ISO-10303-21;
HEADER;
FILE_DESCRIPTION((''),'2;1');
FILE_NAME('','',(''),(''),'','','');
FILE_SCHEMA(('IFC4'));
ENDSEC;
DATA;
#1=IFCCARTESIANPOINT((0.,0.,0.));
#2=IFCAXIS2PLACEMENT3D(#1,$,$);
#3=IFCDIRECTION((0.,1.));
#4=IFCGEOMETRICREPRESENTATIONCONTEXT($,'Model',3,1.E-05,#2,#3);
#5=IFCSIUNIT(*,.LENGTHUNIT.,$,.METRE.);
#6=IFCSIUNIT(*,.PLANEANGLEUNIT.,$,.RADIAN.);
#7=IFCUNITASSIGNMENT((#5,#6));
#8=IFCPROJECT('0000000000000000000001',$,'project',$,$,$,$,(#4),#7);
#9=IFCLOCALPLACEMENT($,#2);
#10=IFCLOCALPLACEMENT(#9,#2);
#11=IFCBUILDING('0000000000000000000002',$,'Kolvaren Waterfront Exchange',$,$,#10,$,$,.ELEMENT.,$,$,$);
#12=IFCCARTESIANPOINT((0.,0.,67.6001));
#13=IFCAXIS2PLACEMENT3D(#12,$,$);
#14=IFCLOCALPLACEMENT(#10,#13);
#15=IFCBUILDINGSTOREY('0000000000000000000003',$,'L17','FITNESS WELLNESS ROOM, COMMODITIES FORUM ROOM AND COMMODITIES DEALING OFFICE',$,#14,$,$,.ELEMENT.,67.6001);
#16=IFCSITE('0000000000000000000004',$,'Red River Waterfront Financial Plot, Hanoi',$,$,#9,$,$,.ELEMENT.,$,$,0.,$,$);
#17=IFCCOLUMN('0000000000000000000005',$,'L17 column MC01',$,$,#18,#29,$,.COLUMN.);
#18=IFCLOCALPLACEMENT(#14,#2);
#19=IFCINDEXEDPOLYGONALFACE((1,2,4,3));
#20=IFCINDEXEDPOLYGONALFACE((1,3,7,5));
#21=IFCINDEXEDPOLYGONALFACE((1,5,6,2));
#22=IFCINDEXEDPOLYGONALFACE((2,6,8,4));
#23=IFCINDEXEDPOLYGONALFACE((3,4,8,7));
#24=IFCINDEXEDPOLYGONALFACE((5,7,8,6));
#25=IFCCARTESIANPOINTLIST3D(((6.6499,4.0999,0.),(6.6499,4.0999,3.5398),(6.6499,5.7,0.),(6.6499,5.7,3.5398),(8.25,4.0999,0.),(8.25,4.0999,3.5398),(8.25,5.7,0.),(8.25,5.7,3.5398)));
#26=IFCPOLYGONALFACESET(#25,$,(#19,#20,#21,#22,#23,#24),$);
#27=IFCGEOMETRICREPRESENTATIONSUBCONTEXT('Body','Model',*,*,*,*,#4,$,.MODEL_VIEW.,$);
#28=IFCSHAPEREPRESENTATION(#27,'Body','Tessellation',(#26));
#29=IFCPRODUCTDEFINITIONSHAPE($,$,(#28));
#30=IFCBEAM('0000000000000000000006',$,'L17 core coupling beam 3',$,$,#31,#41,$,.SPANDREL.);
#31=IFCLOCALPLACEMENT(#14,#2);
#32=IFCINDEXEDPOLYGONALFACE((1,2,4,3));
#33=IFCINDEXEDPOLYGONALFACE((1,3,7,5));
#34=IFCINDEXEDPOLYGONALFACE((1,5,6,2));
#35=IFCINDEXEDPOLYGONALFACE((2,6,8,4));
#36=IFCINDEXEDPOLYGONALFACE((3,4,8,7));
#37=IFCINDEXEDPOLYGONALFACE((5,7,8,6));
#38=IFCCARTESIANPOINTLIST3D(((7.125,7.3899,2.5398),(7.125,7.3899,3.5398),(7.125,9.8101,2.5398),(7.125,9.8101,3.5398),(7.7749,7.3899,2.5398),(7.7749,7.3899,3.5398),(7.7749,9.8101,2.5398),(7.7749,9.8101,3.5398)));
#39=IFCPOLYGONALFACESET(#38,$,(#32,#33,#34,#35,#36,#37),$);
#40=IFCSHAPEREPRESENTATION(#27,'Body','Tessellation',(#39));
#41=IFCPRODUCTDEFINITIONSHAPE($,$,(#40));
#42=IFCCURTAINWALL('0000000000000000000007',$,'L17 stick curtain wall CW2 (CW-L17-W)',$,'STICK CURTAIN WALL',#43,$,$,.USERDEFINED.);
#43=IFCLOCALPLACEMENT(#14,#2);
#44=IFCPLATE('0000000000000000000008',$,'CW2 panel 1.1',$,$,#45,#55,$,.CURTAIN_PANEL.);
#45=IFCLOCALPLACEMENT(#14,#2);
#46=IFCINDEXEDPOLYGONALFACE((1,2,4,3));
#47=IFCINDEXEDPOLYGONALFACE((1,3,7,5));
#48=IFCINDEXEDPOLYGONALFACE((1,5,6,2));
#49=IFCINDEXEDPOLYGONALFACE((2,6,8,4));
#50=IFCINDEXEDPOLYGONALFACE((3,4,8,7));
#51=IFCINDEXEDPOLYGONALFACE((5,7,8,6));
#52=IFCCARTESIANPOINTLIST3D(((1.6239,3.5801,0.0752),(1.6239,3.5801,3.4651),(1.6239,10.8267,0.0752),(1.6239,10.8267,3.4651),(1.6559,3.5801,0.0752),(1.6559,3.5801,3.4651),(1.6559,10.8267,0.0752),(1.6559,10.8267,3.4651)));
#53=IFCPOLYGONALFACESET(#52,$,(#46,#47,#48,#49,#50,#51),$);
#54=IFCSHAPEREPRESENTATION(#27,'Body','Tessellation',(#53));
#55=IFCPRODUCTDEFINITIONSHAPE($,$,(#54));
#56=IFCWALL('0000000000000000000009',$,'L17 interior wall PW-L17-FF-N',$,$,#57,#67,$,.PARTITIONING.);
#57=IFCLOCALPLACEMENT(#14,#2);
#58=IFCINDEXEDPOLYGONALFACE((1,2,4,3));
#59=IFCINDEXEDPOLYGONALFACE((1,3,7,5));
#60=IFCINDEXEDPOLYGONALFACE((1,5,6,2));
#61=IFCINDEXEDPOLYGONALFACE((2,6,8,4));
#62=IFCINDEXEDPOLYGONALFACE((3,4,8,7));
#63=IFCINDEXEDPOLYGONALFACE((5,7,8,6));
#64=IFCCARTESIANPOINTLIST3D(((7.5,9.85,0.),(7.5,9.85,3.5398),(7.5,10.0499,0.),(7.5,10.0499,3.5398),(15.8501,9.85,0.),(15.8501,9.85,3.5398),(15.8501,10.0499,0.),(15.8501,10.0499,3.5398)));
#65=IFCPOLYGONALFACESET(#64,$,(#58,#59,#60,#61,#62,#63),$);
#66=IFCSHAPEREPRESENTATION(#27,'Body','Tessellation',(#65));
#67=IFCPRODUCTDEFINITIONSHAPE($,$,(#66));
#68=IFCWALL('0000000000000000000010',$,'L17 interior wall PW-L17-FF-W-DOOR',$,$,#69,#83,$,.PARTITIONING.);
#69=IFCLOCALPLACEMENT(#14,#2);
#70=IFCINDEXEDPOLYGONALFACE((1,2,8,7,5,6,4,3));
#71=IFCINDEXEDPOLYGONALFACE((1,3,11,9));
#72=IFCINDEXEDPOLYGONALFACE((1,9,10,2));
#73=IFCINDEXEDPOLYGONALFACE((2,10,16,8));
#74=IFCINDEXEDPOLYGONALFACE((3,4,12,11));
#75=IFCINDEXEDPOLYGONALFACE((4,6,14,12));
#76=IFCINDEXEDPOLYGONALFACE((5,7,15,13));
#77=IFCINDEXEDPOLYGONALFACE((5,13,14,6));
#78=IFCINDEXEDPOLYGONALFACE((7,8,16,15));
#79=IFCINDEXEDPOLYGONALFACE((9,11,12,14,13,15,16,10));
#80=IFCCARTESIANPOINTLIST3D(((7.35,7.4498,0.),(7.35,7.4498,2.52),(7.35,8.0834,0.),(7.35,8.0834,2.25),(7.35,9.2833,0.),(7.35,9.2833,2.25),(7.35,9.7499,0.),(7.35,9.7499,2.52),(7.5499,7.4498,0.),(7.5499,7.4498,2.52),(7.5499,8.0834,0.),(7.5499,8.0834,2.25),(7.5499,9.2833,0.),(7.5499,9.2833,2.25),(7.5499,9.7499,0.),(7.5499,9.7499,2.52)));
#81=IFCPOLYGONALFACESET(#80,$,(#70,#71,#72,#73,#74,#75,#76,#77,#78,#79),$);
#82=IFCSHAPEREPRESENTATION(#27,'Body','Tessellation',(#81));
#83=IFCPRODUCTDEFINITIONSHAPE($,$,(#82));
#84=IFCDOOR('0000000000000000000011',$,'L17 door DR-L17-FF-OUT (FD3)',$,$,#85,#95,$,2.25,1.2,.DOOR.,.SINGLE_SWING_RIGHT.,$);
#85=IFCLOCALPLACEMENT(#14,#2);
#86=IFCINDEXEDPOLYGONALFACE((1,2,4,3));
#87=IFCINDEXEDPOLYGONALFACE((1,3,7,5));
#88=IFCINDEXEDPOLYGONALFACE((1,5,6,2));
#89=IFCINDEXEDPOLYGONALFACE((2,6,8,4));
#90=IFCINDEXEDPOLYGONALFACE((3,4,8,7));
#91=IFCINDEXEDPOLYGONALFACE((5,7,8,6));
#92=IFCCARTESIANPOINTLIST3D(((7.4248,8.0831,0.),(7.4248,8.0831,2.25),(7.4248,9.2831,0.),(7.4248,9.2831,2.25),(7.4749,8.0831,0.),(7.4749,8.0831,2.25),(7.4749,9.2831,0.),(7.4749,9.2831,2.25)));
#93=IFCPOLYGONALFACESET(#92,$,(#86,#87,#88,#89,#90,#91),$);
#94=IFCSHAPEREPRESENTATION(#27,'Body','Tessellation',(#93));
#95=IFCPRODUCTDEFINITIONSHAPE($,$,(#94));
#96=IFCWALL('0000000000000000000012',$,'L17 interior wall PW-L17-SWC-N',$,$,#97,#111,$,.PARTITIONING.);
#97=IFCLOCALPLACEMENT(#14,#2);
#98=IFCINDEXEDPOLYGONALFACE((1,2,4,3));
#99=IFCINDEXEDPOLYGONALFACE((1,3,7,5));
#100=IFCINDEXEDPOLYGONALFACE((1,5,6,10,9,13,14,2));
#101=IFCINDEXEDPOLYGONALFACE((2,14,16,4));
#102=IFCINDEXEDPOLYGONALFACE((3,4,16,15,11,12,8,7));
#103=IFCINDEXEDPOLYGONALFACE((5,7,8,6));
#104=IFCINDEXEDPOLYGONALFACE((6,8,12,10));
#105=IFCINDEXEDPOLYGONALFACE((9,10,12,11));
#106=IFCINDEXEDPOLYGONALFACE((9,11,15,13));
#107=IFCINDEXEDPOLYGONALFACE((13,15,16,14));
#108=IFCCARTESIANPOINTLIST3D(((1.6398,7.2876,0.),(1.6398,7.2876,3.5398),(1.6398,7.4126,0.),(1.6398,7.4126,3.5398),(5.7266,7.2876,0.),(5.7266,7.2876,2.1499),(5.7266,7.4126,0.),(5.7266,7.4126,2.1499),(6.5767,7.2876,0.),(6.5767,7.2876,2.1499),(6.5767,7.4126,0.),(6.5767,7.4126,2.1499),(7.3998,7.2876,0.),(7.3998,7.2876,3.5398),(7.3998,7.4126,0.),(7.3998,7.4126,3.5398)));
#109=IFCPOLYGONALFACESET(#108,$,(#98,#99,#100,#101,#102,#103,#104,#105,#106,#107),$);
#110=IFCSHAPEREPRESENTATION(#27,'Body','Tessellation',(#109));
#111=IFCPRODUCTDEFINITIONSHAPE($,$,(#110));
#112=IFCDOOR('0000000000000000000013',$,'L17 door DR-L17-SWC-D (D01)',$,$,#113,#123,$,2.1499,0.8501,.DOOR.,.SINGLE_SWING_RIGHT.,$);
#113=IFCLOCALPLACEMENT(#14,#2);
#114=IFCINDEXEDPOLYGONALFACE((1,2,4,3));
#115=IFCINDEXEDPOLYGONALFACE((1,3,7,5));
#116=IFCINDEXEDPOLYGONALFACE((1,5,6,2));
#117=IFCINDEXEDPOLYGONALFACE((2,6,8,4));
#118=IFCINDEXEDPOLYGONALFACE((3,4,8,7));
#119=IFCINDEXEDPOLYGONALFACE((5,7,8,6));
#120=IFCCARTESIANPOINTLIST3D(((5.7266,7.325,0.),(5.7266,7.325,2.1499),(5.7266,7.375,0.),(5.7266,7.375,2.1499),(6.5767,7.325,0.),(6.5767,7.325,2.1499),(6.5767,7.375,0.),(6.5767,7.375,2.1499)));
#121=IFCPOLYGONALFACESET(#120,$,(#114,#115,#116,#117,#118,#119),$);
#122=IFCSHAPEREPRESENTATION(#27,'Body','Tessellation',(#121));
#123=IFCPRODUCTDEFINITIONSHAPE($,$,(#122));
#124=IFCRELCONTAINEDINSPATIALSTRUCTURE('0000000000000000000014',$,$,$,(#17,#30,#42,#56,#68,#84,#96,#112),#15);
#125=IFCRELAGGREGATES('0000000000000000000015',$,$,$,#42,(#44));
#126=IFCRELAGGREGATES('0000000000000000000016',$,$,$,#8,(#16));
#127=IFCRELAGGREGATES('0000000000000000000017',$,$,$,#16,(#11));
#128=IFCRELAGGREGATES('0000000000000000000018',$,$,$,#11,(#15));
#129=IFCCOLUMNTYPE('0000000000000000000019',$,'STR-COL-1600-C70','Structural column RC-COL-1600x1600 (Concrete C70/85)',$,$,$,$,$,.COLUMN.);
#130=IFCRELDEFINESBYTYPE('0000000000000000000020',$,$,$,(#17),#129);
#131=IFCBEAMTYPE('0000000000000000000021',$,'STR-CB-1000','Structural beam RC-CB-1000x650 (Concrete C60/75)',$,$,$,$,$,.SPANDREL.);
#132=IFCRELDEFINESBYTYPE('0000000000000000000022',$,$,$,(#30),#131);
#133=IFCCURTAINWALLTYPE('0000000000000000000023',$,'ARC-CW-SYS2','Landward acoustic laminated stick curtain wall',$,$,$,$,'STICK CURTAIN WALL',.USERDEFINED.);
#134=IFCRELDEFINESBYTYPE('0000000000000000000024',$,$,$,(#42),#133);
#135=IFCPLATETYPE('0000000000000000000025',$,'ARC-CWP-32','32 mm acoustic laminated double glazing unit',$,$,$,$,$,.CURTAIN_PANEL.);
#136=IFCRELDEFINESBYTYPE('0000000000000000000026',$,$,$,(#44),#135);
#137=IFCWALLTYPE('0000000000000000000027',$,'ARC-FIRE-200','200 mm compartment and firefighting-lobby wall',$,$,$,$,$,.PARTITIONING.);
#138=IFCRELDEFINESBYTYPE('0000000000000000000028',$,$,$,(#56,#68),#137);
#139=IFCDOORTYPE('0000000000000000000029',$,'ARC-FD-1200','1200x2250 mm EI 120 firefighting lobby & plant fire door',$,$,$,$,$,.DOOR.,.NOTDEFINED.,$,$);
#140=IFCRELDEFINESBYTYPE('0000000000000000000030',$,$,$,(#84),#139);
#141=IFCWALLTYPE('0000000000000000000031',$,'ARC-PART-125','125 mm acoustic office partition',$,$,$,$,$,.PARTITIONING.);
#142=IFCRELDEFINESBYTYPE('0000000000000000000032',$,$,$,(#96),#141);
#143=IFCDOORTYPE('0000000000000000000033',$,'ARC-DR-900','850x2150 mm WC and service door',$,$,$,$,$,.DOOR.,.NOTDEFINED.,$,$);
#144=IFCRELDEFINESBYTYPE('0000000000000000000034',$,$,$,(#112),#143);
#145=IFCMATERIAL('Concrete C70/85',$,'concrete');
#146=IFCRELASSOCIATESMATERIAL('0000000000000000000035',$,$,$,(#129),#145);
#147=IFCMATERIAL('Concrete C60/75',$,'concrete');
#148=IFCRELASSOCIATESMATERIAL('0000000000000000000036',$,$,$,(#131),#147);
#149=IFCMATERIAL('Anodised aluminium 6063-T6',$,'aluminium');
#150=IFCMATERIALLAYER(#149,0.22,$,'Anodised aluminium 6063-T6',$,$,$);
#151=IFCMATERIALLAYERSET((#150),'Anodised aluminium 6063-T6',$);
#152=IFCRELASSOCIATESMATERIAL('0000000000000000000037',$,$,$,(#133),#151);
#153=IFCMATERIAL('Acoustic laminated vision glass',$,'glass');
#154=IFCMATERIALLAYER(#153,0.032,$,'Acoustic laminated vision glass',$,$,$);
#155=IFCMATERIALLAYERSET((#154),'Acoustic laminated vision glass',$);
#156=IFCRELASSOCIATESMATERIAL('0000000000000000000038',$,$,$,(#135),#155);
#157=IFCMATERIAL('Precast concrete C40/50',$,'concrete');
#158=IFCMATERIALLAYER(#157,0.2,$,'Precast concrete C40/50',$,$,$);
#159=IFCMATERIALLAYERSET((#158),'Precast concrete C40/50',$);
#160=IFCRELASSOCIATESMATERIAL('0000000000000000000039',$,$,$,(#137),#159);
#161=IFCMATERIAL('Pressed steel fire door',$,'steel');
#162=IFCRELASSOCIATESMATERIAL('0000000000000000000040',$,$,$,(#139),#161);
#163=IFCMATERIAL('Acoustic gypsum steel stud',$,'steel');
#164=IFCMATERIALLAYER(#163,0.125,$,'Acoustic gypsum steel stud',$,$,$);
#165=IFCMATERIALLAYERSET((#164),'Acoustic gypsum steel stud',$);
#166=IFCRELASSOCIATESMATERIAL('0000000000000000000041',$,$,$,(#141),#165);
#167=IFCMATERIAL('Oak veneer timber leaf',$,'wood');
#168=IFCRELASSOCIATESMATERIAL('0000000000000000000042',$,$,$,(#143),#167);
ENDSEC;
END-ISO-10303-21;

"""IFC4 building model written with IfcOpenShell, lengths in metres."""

from ifc_helpers import new_model, si_unit, direction, frame, frame_2d, origin, origin_with_axes, origin_2d, place, context, subcontext, project, spatial, rectangle, extrude, source, transform, mapped, material, layer, layer_set, material_profile, profile_set, type_object, element, fill, aggregate, save


model = new_model("IFC4")

# Units and contexts
model_context = context("Model", 3, precision=1e-05, world=origin(), true_north=direction((0.0, 1.0)))
body_context = subcontext(model_context, "Body", "Model", "MODEL_VIEW")
ifc_project = project(units=[si_unit("LENGTHUNIT", "METRE"), si_unit("PLANEANGLEUNIT", "RADIAN")], contexts=[model_context])

# Site, building, storey
site_placement = place(None, origin())
site = spatial("IfcSite", under=ifc_project, at=site_placement, Name="Red River Waterfront Financial Plot, Hanoi", CompositionType="ELEMENT", RefElevation=0.0)
building_placement = place(site_placement, origin())
building = spatial("IfcBuilding", under=site, at=building_placement, Name="Kolvaren Waterfront Exchange", CompositionType="ELEMENT")
storey_placement = place(building_placement, frame((0.0, 0.0, 67.6001)))
storey = spatial("IfcBuildingStorey", under=building, at=storey_placement, Name="L17", Description="FITNESS WELLNESS ROOM, COMMODITIES FORUM ROOM AND COMMODITIES DEALING OFFICE", CompositionType="ELEMENT", Elevation=67.6001)

# Column
ifc_material_1 = material(Name="Concrete C70/85", Category="concrete")
ifc_material_profile_1 = material_profile(ifc_material_1, rectangle(XDim=1.6001, YDim=1.6001, at=origin_2d()), Name="RC-COL-1600x1600")
ifc_profile_set_1 = profile_set([ifc_material_profile_1], Name="Concrete C70/85")
column_type = type_object("IfcColumnType", Name="STR-COL-1600-C70", Description="Structural column RC-COL-1600x1600 (Concrete C70/85)", PredefinedType="COLUMN", material=ifc_profile_set_1)
column_placement = place(storey_placement, frame((7.45, 4.8999, 0.0), z_axis=(0.0, 0.0, 1.0), x_axis=(1.0, 0.0, 0.0)))
element("IfcColumn", 1, at=column_placement, inside=storey, type_object=column_type, Name="L17 column MC01", PredefinedType="COLUMN", context=body_context, shape_type="SweptSolid", body=[
    extrude(rectangle(XDim=1.6001, YDim=1.6001, at=origin_2d()), origin(), (0.0, 0.0, 1.0), 3.5398),
])

# Beam
ifc_material_2 = material(Name="Concrete C60/75", Category="concrete")
ifc_material_profile_2 = material_profile(ifc_material_2, rectangle(XDim=0.6499, YDim=1.0, at=origin_2d()), Name="RC-CB-1000x650")
ifc_profile_set_2 = profile_set([ifc_material_profile_2], Name="Concrete C60/75")
beam_type = type_object("IfcBeamType", Name="STR-CB-1000", Description="Structural beam RC-CB-1000x650 (Concrete C60/75)", PredefinedType="SPANDREL", material=ifc_profile_set_2)
beam_placement = place(storey_placement, frame((7.45, 7.3899, 3.0398), z_axis=(0.0, 1.0, 0.0), x_axis=(-1.0, 0.0, 0.0)))
element("IfcBeam", 2, at=beam_placement, inside=storey, type_object=beam_type, Name="L17 core coupling beam 3", PredefinedType="SPANDREL", context=body_context, shape_type="SweptSolid", body=[
    extrude(rectangle(XDim=0.6499, YDim=1.0, at=origin_2d()), origin(), (0.0, 0.0, 1.0), 2.4202),
])

# Curtain wall, plate
ifc_material_3 = material(Name="Anodised aluminium 6063-T6", Category="aluminium")
ifc_layer_1 = layer(ifc_material_3, 0.22, Name="Anodised aluminium 6063-T6")
ifc_layer_set_1 = layer_set([ifc_layer_1], Name="Anodised aluminium 6063-T6")
curtain_wall_type = type_object("IfcCurtainWallType", Name="ARC-CW-SYS2", Description="Landward acoustic laminated stick curtain wall", ElementType="STICK CURTAIN WALL", PredefinedType="USERDEFINED", material=ifc_layer_set_1)
curtain_wall_placement = place(storey_placement, origin())
curtain_wall = element("IfcCurtainWall", 3, at=curtain_wall_placement, inside=storey, type_object=curtain_wall_type, Name="L17 stick curtain wall CW2 (CW-L17-W)", ObjectType="STICK CURTAIN WALL", PredefinedType="USERDEFINED")
ifc_material_4 = material(Name="Acoustic laminated vision glass", Category="glass")
ifc_layer_2 = layer(ifc_material_4, 0.032, Name="Acoustic laminated vision glass")
ifc_layer_set_2 = layer_set([ifc_layer_2], Name="Acoustic laminated vision glass")
plate_type = type_object("IfcPlateType", Name="ARC-CWP-32", Description="32 mm acoustic laminated double glazing unit", PredefinedType="CURTAIN_PANEL", material=ifc_layer_set_2)
shared_shape = source(origin_with_axes(), body_context, "Body", "SweptSolid", [
    extrude(rectangle(XDim=7.2466, YDim=0.032, at=origin_2d()), origin(), (0.0, 0.0, 1.0), 3.3899),
])
plate_placement = place(storey_placement, frame((1.6399, 7.2034, 0.0752), z_axis=(0.0, 0.0, 1.0), x_axis=(0.0, 1.0, 0.0)))
plate = element("IfcPlate", 4, at=plate_placement, type_object=plate_type, Name="CW2 panel 1.1", PredefinedType="CURTAIN_PANEL", context=body_context, shape_type="MappedRepresentation", body=[
    mapped(shared_shape, transform((0.0, 0.0, 0.0), x_axis=(1.0, 0.0, 0.0), y_axis=(0.0, 1.0, 0.0), z_axis=(0.0, 0.0, 1.0), scale=1.0)),
])
aggregate(curtain_wall, [plate])

# Wall
ifc_material_5 = material(Name="Precast concrete C40/50", Category="concrete")
ifc_layer_3 = layer(ifc_material_5, 0.2, Name="Precast concrete C40/50")
ifc_layer_set_3 = layer_set([ifc_layer_3], Name="Precast concrete C40/50")
wall_type_1 = type_object("IfcWallType", Name="ARC-FIRE-200", Description="200 mm compartment and firefighting-lobby wall", PredefinedType="PARTITIONING", material=ifc_layer_set_3)
wall_1_placement = place(storey_placement, frame((7.5, 9.95, 0.0), z_axis=(0.0, 0.0, 1.0), x_axis=(1.0, 0.0, 0.0)))
element("IfcWall", 5, at=wall_1_placement, inside=storey, type_object=wall_type_1, Name="L17 interior wall PW-L17-FF-N", PredefinedType="PARTITIONING", context=body_context, shape_type="SweptSolid", body=[
    extrude(rectangle(XDim=8.3501, YDim=0.2, at=frame_2d((4.175, 0.0))), origin(), (0.0, 0.0, 1.0), 3.5398),
])

# Walls, openings, doors
wall_2_placement = place(storey_placement, frame((7.45, 7.45, 0.0), z_axis=(0.0, 0.0, 1.0), x_axis=(0.0, 1.0, 0.0)))
wall_2 = element("IfcWall", 6, at=wall_2_placement, inside=storey, type_object=wall_type_1, Name="L17 interior wall PW-L17-FF-W-DOOR", PredefinedType="PARTITIONING", context=body_context, shape_type="SweptSolid", body=[
    extrude(rectangle(XDim=2.3, YDim=0.2, at=frame_2d((1.1499, 0.0))), origin(), (0.0, 0.0, 1.0), 2.52),
])
opening_1_placement = place(wall_2_placement, frame((0.6333, 0.0, 0.0)))
opening_1 = element("IfcOpeningElement", 7, at=opening_1_placement, cuts=wall_2, PredefinedType="OPENING", context=body_context, shape_type="SweptSolid", body=[
    extrude(rectangle(XDim=1.2, YDim=2.25, at=frame_2d((0.6001, 1.125))), frame((0.0, 0.1099, 0.0), z_axis=(0.0, -1.0, 0.0), x_axis=(1.0, 0.0, 0.0)), (0.0, 0.0, 1.0), 0.22),
])
ifc_material_6 = material(Name="Pressed steel fire door", Category="steel")
door_type_1 = type_object("IfcDoorType", Name="ARC-FD-1200", Description="1200x2250 mm EI 120 firefighting lobby & plant fire door", OperationType="NOTDEFINED", PredefinedType="DOOR", material=ifc_material_6)
door_1_placement = place(opening_1_placement, frame((1.2, 0.0, 0.0), z_axis=(0.0, 0.0, 1.0), x_axis=(-1.0, 0.0, 0.0)))
door_1 = element("IfcDoor", 8, at=door_1_placement, inside=storey, type_object=door_type_1, Name="L17 door DR-L17-FF-OUT (FD3)", OperationType="SINGLE_SWING_RIGHT", OverallHeight=2.25, OverallWidth=1.2, PredefinedType="DOOR", context=body_context, shape_type="SweptSolid", body=[
    extrude(rectangle(XDim=1.2, YDim=2.25, at=frame_2d((0.6001, 1.125))), frame((0.0, 0.0249, 0.0), z_axis=(0.0, -1.0, 0.0), x_axis=(1.0, 0.0, 0.0)), (0.0, 0.0, 1.0), 0.05),
])
fill(opening_1, door_1)
ifc_material_7 = material(Name="Acoustic gypsum steel stud", Category="steel")
ifc_layer_4 = layer(ifc_material_7, 0.125, Name="Acoustic gypsum steel stud")
ifc_layer_set_4 = layer_set([ifc_layer_4], Name="Acoustic gypsum steel stud")
wall_type_2 = type_object("IfcWallType", Name="ARC-PART-125", Description="125 mm acoustic office partition", PredefinedType="PARTITIONING", material=ifc_layer_set_4)
wall_3_placement = place(storey_placement, frame((1.6399, 7.3501, 0.0), z_axis=(0.0, 0.0, 1.0), x_axis=(1.0, 0.0, 0.0)))
wall_3 = element("IfcWall", 9, at=wall_3_placement, inside=storey, type_object=wall_type_2, Name="L17 interior wall PW-L17-SWC-N", PredefinedType="PARTITIONING", context=body_context, shape_type="SweptSolid", body=[
    extrude(rectangle(XDim=5.76, YDim=0.125, at=frame_2d((2.8799, 0.0))), origin(), (0.0, 0.0, 1.0), 3.5398),
])
opening_2_placement = place(wall_3_placement, frame((4.0867, 0.0, 0.0)))
opening_2 = element("IfcOpeningElement", 10, at=opening_2_placement, cuts=wall_3, PredefinedType="OPENING", context=body_context, shape_type="SweptSolid", body=[
    extrude(rectangle(XDim=0.8501, YDim=2.1499, at=frame_2d((0.425, 1.075))), frame((0.0, 0.0725, 0.0), z_axis=(0.0, -1.0, 0.0), x_axis=(1.0, 0.0, 0.0)), (0.0, 0.0, 1.0), 0.145),
])
ifc_material_8 = material(Name="Oak veneer timber leaf", Category="wood")
door_type_2 = type_object("IfcDoorType", Name="ARC-DR-900", Description="850x2150 mm WC and service door", OperationType="NOTDEFINED", PredefinedType="DOOR", material=ifc_material_8)
door_2_placement = place(opening_2_placement, origin())
door_2 = element("IfcDoor", 11, at=door_2_placement, inside=storey, type_object=door_type_2, Name="L17 door DR-L17-SWC-D (D01)", OperationType="SINGLE_SWING_RIGHT", OverallHeight=2.1499, OverallWidth=0.8501, PredefinedType="DOOR", context=body_context, shape_type="SweptSolid", body=[
    extrude(rectangle(XDim=0.8501, YDim=2.1499, at=frame_2d((0.425, 1.075))), frame((0.0, 0.0249, 0.0), z_axis=(0.0, -1.0, 0.0), x_axis=(1.0, 0.0, 0.0)), (0.0, 0.0, 1.0), 0.05),
])
fill(opening_2, door_2)

save(model, "model.ifc")
